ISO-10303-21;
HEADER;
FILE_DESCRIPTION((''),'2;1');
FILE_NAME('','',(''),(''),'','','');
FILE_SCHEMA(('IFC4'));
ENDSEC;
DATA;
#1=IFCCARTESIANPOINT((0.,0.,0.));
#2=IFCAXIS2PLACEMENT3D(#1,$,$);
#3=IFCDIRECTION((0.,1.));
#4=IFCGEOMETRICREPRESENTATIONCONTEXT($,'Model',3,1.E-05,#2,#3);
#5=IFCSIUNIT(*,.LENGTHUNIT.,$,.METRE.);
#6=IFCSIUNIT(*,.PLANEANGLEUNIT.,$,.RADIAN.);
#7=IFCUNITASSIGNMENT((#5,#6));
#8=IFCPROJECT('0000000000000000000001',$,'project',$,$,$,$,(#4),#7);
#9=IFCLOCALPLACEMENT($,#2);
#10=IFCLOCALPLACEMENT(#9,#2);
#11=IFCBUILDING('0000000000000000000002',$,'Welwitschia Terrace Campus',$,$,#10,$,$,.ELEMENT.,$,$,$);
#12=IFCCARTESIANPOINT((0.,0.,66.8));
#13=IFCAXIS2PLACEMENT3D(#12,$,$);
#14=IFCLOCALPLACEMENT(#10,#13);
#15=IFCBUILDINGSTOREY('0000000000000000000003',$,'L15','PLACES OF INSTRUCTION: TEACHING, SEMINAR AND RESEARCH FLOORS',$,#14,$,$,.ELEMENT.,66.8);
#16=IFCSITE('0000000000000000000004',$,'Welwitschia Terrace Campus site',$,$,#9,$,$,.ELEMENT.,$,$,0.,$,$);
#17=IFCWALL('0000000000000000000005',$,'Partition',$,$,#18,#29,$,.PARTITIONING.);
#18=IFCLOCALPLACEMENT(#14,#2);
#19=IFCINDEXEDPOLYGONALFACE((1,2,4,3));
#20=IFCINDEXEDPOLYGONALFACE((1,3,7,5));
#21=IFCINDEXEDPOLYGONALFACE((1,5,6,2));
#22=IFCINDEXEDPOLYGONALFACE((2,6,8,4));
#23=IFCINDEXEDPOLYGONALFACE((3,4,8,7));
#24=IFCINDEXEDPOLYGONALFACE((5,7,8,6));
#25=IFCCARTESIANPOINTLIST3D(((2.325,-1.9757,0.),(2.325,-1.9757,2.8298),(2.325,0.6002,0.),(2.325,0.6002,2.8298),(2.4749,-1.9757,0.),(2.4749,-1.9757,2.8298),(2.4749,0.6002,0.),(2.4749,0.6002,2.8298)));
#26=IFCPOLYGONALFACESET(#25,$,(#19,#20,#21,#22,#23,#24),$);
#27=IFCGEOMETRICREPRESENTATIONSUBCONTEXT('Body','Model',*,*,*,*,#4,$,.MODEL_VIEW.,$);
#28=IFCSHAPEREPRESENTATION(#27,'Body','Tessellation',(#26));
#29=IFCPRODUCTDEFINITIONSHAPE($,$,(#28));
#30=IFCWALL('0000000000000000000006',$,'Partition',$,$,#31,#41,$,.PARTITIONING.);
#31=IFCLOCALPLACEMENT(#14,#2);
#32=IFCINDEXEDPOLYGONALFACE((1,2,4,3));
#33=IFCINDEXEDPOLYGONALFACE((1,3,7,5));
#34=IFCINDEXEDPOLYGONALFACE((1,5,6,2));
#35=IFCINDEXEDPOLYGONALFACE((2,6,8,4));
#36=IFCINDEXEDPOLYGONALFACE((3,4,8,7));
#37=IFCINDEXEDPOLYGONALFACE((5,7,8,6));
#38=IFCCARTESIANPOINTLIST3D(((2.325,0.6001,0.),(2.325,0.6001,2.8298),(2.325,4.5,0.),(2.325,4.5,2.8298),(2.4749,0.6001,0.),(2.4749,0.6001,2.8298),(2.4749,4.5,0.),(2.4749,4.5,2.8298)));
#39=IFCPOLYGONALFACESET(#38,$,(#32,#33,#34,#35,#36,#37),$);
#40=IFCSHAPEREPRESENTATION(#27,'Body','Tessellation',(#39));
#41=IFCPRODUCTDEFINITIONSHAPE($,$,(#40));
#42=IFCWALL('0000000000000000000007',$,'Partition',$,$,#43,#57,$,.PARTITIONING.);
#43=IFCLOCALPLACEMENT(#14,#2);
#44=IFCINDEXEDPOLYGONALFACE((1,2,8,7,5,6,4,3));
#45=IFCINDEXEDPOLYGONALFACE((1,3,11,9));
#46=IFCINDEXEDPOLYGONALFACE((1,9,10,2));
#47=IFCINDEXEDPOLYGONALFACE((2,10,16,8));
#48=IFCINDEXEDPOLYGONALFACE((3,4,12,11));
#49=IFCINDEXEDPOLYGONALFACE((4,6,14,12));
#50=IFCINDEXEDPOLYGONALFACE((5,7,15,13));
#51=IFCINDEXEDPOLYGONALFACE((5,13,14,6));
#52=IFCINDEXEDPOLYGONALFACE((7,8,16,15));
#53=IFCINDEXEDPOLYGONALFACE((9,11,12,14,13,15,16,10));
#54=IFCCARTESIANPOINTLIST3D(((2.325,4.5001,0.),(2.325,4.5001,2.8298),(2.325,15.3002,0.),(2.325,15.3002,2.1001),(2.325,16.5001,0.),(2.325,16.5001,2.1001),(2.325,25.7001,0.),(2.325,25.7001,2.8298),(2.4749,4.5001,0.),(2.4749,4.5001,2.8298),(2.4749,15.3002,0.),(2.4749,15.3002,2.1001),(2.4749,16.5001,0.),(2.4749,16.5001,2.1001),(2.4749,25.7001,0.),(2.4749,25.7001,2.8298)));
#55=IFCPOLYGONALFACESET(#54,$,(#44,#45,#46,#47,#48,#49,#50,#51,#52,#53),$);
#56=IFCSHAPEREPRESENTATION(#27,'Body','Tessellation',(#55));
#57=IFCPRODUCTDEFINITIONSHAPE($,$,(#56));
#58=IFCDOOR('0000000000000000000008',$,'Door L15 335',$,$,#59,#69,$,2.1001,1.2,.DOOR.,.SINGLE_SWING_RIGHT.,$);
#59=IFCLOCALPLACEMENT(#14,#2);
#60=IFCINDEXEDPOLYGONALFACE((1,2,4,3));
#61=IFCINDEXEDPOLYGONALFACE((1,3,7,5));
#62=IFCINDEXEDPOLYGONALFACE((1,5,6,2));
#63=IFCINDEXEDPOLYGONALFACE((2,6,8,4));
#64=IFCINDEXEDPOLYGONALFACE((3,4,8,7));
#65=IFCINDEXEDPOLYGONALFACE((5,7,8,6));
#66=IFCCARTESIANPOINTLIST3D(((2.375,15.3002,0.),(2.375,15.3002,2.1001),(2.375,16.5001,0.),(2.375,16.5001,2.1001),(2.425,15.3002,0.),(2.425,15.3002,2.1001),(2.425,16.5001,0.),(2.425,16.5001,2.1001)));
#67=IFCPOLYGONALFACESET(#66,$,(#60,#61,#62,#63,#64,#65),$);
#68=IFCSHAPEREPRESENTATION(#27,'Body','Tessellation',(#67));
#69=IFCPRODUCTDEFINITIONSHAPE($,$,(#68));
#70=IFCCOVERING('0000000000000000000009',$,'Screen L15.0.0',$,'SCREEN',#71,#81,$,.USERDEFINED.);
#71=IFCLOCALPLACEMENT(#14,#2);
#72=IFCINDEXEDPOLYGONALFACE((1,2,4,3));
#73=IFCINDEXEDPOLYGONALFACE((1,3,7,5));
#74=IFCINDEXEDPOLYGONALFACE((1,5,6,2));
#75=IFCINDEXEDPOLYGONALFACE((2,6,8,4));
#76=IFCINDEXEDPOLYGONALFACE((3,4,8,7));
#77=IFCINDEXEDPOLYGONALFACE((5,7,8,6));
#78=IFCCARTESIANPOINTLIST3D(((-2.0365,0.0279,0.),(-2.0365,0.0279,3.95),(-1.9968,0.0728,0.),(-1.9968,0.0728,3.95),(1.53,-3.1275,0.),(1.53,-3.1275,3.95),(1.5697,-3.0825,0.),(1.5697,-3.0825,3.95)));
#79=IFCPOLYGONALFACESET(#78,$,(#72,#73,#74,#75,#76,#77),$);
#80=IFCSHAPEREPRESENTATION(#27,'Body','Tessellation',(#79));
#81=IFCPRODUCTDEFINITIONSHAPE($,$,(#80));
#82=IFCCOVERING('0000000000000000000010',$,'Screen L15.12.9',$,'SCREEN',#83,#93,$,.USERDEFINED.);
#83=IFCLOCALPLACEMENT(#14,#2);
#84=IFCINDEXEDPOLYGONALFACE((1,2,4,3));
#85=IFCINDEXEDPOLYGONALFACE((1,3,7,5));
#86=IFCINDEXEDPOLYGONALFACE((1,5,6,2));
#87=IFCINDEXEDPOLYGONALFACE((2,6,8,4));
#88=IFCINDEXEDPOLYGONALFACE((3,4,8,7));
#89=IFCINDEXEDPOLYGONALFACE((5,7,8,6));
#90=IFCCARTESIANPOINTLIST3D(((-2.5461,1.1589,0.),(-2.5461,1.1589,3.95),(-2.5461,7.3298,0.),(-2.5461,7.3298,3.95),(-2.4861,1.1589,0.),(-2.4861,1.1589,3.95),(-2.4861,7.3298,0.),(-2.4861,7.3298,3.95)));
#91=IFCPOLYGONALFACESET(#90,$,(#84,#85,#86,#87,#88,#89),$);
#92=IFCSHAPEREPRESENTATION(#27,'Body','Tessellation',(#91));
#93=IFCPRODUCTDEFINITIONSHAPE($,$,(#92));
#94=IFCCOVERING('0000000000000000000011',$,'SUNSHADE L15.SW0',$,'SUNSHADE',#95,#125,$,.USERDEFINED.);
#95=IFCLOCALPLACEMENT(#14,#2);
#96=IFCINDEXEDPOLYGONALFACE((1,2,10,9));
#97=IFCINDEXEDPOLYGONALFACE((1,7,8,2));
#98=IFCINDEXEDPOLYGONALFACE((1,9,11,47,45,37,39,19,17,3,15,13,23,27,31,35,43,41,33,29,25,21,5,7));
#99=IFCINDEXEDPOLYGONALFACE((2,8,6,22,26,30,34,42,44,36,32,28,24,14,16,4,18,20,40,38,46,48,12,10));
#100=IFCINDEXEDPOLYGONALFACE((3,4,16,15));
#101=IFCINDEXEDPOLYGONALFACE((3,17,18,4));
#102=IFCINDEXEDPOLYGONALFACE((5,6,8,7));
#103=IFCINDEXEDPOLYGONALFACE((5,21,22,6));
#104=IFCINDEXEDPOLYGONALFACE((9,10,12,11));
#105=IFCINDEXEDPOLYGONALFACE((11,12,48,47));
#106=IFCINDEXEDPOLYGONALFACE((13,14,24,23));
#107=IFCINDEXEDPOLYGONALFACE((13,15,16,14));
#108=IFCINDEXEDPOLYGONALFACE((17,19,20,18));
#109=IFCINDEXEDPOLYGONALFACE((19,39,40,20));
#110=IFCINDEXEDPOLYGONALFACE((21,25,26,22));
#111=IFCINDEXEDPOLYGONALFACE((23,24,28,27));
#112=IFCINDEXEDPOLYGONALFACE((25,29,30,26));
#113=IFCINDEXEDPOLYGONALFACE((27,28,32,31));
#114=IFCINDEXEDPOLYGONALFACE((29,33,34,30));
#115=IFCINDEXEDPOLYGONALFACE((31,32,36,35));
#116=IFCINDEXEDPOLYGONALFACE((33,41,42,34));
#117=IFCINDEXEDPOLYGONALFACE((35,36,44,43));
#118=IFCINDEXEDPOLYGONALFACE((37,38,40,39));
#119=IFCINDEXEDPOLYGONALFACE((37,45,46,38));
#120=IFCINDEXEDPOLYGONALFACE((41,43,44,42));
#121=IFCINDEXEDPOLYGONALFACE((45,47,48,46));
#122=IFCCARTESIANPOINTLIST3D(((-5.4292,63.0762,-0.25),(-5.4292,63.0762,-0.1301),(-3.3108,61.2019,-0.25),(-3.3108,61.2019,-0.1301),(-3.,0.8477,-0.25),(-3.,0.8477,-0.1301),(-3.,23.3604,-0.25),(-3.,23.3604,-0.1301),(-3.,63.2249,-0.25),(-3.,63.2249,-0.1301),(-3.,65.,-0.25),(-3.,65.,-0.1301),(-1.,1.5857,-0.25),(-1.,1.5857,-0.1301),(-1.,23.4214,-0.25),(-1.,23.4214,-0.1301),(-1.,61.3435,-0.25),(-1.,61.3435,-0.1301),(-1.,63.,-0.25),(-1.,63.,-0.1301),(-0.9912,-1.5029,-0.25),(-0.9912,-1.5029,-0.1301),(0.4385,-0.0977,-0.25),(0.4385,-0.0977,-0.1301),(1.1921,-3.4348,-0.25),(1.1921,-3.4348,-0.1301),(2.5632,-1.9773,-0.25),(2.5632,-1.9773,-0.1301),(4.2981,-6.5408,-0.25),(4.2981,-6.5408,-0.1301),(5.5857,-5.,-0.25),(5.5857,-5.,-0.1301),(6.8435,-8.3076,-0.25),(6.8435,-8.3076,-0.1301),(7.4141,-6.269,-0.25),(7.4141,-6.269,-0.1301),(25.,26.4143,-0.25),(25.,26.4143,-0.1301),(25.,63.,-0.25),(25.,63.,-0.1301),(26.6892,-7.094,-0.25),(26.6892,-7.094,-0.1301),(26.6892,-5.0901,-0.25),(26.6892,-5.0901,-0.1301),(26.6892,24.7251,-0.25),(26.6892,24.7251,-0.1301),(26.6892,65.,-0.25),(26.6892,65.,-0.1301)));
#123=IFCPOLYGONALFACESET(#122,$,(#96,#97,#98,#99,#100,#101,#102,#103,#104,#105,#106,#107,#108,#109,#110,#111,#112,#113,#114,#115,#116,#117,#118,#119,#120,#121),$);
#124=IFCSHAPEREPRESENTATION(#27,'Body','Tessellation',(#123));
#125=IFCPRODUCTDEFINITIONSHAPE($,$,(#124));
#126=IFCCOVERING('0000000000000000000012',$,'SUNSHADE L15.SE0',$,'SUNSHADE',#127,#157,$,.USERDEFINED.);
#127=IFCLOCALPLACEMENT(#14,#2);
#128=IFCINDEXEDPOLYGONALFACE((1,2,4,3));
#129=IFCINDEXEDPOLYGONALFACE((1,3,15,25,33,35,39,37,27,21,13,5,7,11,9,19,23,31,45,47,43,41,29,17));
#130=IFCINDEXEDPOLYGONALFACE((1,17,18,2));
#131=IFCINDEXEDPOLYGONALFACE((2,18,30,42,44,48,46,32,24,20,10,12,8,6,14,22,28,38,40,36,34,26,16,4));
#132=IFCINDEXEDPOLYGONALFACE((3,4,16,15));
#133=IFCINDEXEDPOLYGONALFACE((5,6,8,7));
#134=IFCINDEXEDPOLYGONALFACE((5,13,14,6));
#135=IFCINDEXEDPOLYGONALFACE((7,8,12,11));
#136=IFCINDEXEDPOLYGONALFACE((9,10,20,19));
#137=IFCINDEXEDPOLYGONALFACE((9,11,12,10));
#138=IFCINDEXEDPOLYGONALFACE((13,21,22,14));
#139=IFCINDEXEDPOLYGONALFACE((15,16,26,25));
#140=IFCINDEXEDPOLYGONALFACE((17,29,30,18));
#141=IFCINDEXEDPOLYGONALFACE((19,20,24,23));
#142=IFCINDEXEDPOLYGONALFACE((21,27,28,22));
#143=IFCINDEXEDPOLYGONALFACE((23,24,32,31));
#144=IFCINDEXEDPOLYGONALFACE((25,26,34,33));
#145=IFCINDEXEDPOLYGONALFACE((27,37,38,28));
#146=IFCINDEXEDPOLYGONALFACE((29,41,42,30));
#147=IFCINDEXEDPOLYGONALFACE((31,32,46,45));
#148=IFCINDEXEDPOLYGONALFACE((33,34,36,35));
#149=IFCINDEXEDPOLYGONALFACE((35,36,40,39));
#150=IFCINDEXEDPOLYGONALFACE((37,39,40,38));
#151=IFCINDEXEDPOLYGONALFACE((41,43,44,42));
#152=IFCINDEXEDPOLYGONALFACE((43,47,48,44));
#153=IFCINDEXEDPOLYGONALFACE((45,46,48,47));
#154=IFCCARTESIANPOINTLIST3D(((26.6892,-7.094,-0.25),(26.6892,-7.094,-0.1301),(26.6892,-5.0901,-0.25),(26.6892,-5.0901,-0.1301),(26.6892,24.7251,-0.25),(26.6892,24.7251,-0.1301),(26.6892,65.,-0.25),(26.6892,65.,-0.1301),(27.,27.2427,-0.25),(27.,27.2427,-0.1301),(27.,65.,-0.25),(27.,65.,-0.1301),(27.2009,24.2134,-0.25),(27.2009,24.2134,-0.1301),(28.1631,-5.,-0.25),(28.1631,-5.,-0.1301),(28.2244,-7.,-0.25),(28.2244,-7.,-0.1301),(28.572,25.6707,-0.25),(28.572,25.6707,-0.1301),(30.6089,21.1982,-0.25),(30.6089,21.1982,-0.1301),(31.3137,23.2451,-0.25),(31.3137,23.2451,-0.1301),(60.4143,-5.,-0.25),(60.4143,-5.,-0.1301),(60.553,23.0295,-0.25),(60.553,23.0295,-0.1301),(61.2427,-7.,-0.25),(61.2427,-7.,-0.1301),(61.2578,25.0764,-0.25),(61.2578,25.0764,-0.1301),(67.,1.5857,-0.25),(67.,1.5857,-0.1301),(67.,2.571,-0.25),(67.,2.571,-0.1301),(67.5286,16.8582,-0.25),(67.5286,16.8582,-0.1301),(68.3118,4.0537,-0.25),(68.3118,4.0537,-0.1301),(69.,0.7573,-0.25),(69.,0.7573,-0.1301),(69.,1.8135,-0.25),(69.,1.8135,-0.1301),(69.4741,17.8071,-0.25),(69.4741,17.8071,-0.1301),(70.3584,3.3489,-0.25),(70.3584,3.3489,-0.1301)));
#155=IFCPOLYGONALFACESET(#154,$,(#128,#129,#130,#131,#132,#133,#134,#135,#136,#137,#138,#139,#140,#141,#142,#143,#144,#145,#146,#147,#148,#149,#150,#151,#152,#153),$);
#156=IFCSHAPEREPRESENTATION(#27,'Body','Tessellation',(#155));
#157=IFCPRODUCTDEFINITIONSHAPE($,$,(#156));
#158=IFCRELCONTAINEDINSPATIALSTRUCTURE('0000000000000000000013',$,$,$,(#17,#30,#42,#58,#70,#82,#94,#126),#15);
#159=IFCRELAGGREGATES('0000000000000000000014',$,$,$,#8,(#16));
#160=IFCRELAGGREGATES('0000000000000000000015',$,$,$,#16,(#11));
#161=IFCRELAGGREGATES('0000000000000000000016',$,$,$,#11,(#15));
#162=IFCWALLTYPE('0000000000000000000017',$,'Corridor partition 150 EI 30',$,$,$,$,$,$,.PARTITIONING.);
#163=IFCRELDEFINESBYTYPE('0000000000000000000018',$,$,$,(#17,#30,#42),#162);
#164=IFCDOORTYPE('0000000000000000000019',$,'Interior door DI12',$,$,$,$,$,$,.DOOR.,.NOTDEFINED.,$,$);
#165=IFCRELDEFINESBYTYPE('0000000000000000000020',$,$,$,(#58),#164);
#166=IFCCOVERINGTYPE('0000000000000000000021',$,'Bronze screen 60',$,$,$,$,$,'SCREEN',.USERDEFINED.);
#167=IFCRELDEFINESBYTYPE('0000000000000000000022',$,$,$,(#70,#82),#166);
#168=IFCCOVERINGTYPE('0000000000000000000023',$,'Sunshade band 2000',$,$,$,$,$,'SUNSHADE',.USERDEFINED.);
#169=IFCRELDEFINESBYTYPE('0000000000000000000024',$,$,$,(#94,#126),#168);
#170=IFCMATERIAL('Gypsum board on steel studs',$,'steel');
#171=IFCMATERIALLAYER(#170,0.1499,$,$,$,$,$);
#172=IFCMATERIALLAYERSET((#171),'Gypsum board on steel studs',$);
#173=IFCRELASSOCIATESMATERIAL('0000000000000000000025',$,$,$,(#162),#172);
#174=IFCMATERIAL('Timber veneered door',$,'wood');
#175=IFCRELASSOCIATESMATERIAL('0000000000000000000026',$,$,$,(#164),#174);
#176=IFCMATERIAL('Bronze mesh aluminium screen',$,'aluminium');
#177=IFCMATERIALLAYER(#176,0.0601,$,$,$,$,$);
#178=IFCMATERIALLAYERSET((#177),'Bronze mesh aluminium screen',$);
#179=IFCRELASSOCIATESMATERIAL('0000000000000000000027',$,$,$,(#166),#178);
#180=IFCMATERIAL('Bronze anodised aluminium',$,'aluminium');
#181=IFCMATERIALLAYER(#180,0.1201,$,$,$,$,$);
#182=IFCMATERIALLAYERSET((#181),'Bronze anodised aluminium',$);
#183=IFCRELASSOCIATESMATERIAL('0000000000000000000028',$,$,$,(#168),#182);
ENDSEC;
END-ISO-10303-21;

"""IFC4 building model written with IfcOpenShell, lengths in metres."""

from ifc_helpers import new_model, si_unit, direction, frame, frame_2d, origin, origin_2d, place, context, subcontext, project, spatial, polyline, rectangle, outline, extrude, material, layer, layer_set, type_object, element, fill, save


model = new_model("IFC4")

# Units and contexts
model_context = context("Model", 3, precision=1e-05, world=origin(), true_north=direction((0.0, 1.0)))
body_context = subcontext(model_context, "Body", "Model", "MODEL_VIEW")
ifc_project = project(units=[si_unit("LENGTHUNIT", "METRE"), si_unit("PLANEANGLEUNIT", "RADIAN")], contexts=[model_context])

# Site, building, storey
site_placement = place(None, origin())
site = spatial("IfcSite", under=ifc_project, at=site_placement, Name="Welwitschia Terrace Campus site", CompositionType="ELEMENT", RefElevation=0.0)
building_placement = place(site_placement, origin())
building = spatial("IfcBuilding", under=site, at=building_placement, Name="Welwitschia Terrace Campus", CompositionType="ELEMENT")
storey_placement = place(building_placement, frame((0.0, 0.0, 66.8)))
storey = spatial("IfcBuildingStorey", under=building, at=storey_placement, Name="L15", Description="PLACES OF INSTRUCTION: TEACHING, SEMINAR AND RESEARCH FLOORS", CompositionType="ELEMENT", Elevation=66.8)

# Walls
ifc_material_1 = material(Name="Gypsum board on steel studs", Category="steel")
ifc_layer_1 = layer(ifc_material_1, 0.1499)
ifc_layer_set_1 = layer_set([ifc_layer_1], Name="Gypsum board on steel studs")
wall_type = type_object("IfcWallType", Name="Corridor partition 150 EI 30", PredefinedType="PARTITIONING", material=ifc_layer_set_1)
wall_1_placement = place(storey_placement, frame((2.3999, -1.9758, 0.0), z_axis=(0.0, 0.0, 1.0), x_axis=(0.0, 1.0, 0.0)))
element("IfcWall", 1, at=wall_1_placement, inside=storey, type_object=wall_type, Name="Partition", PredefinedType="PARTITIONING", context=body_context, shape_type="SweptSolid", body=[
    extrude(rectangle(XDim=2.5759, YDim=0.1499, at=frame_2d((1.2881, 0.0))), origin(), (0.0, 0.0, 1.0), 2.8298),
])
wall_2_placement = place(storey_placement, frame((2.3999, 0.6001, 0.0), z_axis=(0.0, 0.0, 1.0), x_axis=(0.0, 1.0, 0.0)))
element("IfcWall", 2, at=wall_2_placement, inside=storey, type_object=wall_type, Name="Partition", PredefinedType="PARTITIONING", context=body_context, shape_type="SweptSolid", body=[
    extrude(rectangle(XDim=3.8999, YDim=0.1499, at=frame_2d((1.95, 0.0))), origin(), (0.0, 0.0, 1.0), 2.8298),
])

# Wall, opening, door
wall_3_placement = place(storey_placement, frame((2.3999, 4.5, 0.0), z_axis=(0.0, 0.0, 1.0), x_axis=(0.0, 1.0, 0.0)))
wall_3 = element("IfcWall", 3, at=wall_3_placement, inside=storey, type_object=wall_type, Name="Partition", PredefinedType="PARTITIONING", context=body_context, shape_type="SweptSolid", body=[
    extrude(rectangle(XDim=21.2, YDim=0.1499, at=frame_2d((10.6001, 0.0))), origin(), (0.0, 0.0, 1.0), 2.8298),
])
opening_placement = place(wall_3_placement, frame((10.8, 0.0, 0.0)))
opening = element("IfcOpeningElement", 4, at=opening_placement, cuts=wall_3, PredefinedType="OPENING", context=body_context, shape_type="SweptSolid", body=[
    extrude(rectangle(XDim=1.2, YDim=2.1001, at=frame_2d((0.6001, 1.05))), frame((0.0, 0.085, 0.0), z_axis=(0.0, -1.0, 0.0), x_axis=(1.0, 0.0, 0.0)), (0.0, 0.0, 1.0), 0.1699),
])
ifc_material_2 = material(Name="Timber veneered door", Category="wood")
door_type = type_object("IfcDoorType", Name="Interior door DI12", OperationType="NOTDEFINED", PredefinedType="DOOR", material=ifc_material_2)
door_placement = place(opening_placement, origin())
door = element("IfcDoor", 5, at=door_placement, inside=storey, type_object=door_type, Name="Door L15 335", OperationType="SINGLE_SWING_RIGHT", OverallHeight=2.1001, OverallWidth=1.2, PredefinedType="DOOR", context=body_context, shape_type="SweptSolid", body=[
    extrude(rectangle(XDim=1.2, YDim=2.1001, at=frame_2d((0.6001, 1.05))), frame((0.0, 0.0249, 0.0), z_axis=(0.0, -1.0, 0.0), x_axis=(1.0, 0.0, 0.0)), (0.0, 0.0, 1.0), 0.05),
])
fill(opening, door)

# Coverings
ifc_material_3 = material(Name="Bronze mesh aluminium screen", Category="aluminium")
ifc_layer_2 = layer(ifc_material_3, 0.0601)
ifc_layer_set_2 = layer_set([ifc_layer_2], Name="Bronze mesh aluminium screen")
covering_type_1 = type_object("IfcCoveringType", Name="Bronze screen 60", ElementType="SCREEN", PredefinedType="USERDEFINED", material=ifc_layer_set_2)
covering_1_placement = place(storey_placement, frame((-0.2334, -1.5273, 0.0), z_axis=(0.0, 0.0, 1.0), x_axis=(0.748956, -0.66262, 0.0)))
element("IfcCovering", 6, at=covering_1_placement, inside=storey, type_object=covering_type_1, Name="Screen L15.0.0", ObjectType="SCREEN", PredefinedType="USERDEFINED", context=body_context, shape_type="SweptSolid", body=[
    extrude(rectangle(XDim=4.762, YDim=0.0601, at=origin_2d()), origin(), (0.0, 0.0, 1.0), 3.95),
])
covering_2_placement = place(storey_placement, frame((-2.5161, 4.2444, 0.0), z_axis=(0.0, 0.0, 1.0), x_axis=(0.0, -1.0, 0.0)))
element("IfcCovering", 7, at=covering_2_placement, inside=storey, type_object=covering_type_1, Name="Screen L15.12.9", ObjectType="SCREEN", PredefinedType="USERDEFINED", context=body_context, shape_type="SweptSolid", body=[
    extrude(rectangle(XDim=6.1709, YDim=0.0601, at=origin_2d()), origin(), (0.0, 0.0, 1.0), 3.95),
])
ifc_material_4 = material(Name="Bronze anodised aluminium", Category="aluminium")
ifc_layer_3 = layer(ifc_material_4, 0.1201)
ifc_layer_set_3 = layer_set([ifc_layer_3], Name="Bronze anodised aluminium")
covering_type_2 = type_object("IfcCoveringType", Name="Sunshade band 2000", ElementType="SUNSHADE", PredefinedType="USERDEFINED", material=ifc_layer_set_3)
covering_3_placement = place(storey_placement, frame((0.0, 0.0, -0.25)))
element("IfcCovering", 8, at=covering_3_placement, inside=storey, type_object=covering_type_2, Name="SUNSHADE L15.SW0", ObjectType="SUNSHADE", PredefinedType="USERDEFINED", context=body_context, shape_type="SweptSolid", body=[
    extrude(outline(polyline([(-5.4292, 63.0762), (-3.0, 63.2249), (-3.0, 65.0), (26.6892, 65.0), (26.6892, 24.7251), (25.0, 26.4143), (25.0, 63.0), (-1.0, 63.0), (-1.0, 61.3435), (-3.3108, 61.2019), (-1.0, 23.4214), (-1.0, 1.5857), (0.4385, -0.0977), (2.5632, -1.9773), (5.5857, -5.0), (7.4141, -6.269), (26.6892, -5.0901), (26.6892, -7.094), (6.8435, -8.3076), (4.2981, -6.5408), (1.1921, -3.4348), (-0.9912, -1.5029), (-3.0, 0.8477), (-3.0, 23.3604), (-5.4292, 63.0762)])), origin(), (0.0, 0.0, 1.0), 0.1199),
])
covering_4_placement = place(storey_placement, frame((0.0, 0.0, -0.25)))
element("IfcCovering", 9, at=covering_4_placement, inside=storey, type_object=covering_type_2, Name="SUNSHADE L15.SE0", ObjectType="SUNSHADE", PredefinedType="USERDEFINED", context=body_context, shape_type="SweptSolid", body=[
    extrude(outline(polyline([(27.0, 65.0), (27.0, 27.2427), (28.572, 25.6707), (31.3137, 23.2451), (61.2578, 25.0764), (69.4741, 17.8071), (70.3584, 3.3489), (69.0, 1.8135), (69.0, 0.7573), (61.2427, -7.0), (28.2244, -7.0), (26.6892, -7.094), (26.6892, -5.0901), (28.1631, -5.0), (60.4143, -5.0), (67.0, 1.5857), (67.0, 2.571), (68.3118, 4.0537), (67.5286, 16.8582), (60.553, 23.0295), (30.6089, 21.1982), (27.2009, 24.2134), (26.6892, 24.7251), (26.6892, 65.0), (27.0, 65.0)])), origin(), (0.0, 0.0, 1.0), 0.1199),
])

save(model, "model.ifc")
